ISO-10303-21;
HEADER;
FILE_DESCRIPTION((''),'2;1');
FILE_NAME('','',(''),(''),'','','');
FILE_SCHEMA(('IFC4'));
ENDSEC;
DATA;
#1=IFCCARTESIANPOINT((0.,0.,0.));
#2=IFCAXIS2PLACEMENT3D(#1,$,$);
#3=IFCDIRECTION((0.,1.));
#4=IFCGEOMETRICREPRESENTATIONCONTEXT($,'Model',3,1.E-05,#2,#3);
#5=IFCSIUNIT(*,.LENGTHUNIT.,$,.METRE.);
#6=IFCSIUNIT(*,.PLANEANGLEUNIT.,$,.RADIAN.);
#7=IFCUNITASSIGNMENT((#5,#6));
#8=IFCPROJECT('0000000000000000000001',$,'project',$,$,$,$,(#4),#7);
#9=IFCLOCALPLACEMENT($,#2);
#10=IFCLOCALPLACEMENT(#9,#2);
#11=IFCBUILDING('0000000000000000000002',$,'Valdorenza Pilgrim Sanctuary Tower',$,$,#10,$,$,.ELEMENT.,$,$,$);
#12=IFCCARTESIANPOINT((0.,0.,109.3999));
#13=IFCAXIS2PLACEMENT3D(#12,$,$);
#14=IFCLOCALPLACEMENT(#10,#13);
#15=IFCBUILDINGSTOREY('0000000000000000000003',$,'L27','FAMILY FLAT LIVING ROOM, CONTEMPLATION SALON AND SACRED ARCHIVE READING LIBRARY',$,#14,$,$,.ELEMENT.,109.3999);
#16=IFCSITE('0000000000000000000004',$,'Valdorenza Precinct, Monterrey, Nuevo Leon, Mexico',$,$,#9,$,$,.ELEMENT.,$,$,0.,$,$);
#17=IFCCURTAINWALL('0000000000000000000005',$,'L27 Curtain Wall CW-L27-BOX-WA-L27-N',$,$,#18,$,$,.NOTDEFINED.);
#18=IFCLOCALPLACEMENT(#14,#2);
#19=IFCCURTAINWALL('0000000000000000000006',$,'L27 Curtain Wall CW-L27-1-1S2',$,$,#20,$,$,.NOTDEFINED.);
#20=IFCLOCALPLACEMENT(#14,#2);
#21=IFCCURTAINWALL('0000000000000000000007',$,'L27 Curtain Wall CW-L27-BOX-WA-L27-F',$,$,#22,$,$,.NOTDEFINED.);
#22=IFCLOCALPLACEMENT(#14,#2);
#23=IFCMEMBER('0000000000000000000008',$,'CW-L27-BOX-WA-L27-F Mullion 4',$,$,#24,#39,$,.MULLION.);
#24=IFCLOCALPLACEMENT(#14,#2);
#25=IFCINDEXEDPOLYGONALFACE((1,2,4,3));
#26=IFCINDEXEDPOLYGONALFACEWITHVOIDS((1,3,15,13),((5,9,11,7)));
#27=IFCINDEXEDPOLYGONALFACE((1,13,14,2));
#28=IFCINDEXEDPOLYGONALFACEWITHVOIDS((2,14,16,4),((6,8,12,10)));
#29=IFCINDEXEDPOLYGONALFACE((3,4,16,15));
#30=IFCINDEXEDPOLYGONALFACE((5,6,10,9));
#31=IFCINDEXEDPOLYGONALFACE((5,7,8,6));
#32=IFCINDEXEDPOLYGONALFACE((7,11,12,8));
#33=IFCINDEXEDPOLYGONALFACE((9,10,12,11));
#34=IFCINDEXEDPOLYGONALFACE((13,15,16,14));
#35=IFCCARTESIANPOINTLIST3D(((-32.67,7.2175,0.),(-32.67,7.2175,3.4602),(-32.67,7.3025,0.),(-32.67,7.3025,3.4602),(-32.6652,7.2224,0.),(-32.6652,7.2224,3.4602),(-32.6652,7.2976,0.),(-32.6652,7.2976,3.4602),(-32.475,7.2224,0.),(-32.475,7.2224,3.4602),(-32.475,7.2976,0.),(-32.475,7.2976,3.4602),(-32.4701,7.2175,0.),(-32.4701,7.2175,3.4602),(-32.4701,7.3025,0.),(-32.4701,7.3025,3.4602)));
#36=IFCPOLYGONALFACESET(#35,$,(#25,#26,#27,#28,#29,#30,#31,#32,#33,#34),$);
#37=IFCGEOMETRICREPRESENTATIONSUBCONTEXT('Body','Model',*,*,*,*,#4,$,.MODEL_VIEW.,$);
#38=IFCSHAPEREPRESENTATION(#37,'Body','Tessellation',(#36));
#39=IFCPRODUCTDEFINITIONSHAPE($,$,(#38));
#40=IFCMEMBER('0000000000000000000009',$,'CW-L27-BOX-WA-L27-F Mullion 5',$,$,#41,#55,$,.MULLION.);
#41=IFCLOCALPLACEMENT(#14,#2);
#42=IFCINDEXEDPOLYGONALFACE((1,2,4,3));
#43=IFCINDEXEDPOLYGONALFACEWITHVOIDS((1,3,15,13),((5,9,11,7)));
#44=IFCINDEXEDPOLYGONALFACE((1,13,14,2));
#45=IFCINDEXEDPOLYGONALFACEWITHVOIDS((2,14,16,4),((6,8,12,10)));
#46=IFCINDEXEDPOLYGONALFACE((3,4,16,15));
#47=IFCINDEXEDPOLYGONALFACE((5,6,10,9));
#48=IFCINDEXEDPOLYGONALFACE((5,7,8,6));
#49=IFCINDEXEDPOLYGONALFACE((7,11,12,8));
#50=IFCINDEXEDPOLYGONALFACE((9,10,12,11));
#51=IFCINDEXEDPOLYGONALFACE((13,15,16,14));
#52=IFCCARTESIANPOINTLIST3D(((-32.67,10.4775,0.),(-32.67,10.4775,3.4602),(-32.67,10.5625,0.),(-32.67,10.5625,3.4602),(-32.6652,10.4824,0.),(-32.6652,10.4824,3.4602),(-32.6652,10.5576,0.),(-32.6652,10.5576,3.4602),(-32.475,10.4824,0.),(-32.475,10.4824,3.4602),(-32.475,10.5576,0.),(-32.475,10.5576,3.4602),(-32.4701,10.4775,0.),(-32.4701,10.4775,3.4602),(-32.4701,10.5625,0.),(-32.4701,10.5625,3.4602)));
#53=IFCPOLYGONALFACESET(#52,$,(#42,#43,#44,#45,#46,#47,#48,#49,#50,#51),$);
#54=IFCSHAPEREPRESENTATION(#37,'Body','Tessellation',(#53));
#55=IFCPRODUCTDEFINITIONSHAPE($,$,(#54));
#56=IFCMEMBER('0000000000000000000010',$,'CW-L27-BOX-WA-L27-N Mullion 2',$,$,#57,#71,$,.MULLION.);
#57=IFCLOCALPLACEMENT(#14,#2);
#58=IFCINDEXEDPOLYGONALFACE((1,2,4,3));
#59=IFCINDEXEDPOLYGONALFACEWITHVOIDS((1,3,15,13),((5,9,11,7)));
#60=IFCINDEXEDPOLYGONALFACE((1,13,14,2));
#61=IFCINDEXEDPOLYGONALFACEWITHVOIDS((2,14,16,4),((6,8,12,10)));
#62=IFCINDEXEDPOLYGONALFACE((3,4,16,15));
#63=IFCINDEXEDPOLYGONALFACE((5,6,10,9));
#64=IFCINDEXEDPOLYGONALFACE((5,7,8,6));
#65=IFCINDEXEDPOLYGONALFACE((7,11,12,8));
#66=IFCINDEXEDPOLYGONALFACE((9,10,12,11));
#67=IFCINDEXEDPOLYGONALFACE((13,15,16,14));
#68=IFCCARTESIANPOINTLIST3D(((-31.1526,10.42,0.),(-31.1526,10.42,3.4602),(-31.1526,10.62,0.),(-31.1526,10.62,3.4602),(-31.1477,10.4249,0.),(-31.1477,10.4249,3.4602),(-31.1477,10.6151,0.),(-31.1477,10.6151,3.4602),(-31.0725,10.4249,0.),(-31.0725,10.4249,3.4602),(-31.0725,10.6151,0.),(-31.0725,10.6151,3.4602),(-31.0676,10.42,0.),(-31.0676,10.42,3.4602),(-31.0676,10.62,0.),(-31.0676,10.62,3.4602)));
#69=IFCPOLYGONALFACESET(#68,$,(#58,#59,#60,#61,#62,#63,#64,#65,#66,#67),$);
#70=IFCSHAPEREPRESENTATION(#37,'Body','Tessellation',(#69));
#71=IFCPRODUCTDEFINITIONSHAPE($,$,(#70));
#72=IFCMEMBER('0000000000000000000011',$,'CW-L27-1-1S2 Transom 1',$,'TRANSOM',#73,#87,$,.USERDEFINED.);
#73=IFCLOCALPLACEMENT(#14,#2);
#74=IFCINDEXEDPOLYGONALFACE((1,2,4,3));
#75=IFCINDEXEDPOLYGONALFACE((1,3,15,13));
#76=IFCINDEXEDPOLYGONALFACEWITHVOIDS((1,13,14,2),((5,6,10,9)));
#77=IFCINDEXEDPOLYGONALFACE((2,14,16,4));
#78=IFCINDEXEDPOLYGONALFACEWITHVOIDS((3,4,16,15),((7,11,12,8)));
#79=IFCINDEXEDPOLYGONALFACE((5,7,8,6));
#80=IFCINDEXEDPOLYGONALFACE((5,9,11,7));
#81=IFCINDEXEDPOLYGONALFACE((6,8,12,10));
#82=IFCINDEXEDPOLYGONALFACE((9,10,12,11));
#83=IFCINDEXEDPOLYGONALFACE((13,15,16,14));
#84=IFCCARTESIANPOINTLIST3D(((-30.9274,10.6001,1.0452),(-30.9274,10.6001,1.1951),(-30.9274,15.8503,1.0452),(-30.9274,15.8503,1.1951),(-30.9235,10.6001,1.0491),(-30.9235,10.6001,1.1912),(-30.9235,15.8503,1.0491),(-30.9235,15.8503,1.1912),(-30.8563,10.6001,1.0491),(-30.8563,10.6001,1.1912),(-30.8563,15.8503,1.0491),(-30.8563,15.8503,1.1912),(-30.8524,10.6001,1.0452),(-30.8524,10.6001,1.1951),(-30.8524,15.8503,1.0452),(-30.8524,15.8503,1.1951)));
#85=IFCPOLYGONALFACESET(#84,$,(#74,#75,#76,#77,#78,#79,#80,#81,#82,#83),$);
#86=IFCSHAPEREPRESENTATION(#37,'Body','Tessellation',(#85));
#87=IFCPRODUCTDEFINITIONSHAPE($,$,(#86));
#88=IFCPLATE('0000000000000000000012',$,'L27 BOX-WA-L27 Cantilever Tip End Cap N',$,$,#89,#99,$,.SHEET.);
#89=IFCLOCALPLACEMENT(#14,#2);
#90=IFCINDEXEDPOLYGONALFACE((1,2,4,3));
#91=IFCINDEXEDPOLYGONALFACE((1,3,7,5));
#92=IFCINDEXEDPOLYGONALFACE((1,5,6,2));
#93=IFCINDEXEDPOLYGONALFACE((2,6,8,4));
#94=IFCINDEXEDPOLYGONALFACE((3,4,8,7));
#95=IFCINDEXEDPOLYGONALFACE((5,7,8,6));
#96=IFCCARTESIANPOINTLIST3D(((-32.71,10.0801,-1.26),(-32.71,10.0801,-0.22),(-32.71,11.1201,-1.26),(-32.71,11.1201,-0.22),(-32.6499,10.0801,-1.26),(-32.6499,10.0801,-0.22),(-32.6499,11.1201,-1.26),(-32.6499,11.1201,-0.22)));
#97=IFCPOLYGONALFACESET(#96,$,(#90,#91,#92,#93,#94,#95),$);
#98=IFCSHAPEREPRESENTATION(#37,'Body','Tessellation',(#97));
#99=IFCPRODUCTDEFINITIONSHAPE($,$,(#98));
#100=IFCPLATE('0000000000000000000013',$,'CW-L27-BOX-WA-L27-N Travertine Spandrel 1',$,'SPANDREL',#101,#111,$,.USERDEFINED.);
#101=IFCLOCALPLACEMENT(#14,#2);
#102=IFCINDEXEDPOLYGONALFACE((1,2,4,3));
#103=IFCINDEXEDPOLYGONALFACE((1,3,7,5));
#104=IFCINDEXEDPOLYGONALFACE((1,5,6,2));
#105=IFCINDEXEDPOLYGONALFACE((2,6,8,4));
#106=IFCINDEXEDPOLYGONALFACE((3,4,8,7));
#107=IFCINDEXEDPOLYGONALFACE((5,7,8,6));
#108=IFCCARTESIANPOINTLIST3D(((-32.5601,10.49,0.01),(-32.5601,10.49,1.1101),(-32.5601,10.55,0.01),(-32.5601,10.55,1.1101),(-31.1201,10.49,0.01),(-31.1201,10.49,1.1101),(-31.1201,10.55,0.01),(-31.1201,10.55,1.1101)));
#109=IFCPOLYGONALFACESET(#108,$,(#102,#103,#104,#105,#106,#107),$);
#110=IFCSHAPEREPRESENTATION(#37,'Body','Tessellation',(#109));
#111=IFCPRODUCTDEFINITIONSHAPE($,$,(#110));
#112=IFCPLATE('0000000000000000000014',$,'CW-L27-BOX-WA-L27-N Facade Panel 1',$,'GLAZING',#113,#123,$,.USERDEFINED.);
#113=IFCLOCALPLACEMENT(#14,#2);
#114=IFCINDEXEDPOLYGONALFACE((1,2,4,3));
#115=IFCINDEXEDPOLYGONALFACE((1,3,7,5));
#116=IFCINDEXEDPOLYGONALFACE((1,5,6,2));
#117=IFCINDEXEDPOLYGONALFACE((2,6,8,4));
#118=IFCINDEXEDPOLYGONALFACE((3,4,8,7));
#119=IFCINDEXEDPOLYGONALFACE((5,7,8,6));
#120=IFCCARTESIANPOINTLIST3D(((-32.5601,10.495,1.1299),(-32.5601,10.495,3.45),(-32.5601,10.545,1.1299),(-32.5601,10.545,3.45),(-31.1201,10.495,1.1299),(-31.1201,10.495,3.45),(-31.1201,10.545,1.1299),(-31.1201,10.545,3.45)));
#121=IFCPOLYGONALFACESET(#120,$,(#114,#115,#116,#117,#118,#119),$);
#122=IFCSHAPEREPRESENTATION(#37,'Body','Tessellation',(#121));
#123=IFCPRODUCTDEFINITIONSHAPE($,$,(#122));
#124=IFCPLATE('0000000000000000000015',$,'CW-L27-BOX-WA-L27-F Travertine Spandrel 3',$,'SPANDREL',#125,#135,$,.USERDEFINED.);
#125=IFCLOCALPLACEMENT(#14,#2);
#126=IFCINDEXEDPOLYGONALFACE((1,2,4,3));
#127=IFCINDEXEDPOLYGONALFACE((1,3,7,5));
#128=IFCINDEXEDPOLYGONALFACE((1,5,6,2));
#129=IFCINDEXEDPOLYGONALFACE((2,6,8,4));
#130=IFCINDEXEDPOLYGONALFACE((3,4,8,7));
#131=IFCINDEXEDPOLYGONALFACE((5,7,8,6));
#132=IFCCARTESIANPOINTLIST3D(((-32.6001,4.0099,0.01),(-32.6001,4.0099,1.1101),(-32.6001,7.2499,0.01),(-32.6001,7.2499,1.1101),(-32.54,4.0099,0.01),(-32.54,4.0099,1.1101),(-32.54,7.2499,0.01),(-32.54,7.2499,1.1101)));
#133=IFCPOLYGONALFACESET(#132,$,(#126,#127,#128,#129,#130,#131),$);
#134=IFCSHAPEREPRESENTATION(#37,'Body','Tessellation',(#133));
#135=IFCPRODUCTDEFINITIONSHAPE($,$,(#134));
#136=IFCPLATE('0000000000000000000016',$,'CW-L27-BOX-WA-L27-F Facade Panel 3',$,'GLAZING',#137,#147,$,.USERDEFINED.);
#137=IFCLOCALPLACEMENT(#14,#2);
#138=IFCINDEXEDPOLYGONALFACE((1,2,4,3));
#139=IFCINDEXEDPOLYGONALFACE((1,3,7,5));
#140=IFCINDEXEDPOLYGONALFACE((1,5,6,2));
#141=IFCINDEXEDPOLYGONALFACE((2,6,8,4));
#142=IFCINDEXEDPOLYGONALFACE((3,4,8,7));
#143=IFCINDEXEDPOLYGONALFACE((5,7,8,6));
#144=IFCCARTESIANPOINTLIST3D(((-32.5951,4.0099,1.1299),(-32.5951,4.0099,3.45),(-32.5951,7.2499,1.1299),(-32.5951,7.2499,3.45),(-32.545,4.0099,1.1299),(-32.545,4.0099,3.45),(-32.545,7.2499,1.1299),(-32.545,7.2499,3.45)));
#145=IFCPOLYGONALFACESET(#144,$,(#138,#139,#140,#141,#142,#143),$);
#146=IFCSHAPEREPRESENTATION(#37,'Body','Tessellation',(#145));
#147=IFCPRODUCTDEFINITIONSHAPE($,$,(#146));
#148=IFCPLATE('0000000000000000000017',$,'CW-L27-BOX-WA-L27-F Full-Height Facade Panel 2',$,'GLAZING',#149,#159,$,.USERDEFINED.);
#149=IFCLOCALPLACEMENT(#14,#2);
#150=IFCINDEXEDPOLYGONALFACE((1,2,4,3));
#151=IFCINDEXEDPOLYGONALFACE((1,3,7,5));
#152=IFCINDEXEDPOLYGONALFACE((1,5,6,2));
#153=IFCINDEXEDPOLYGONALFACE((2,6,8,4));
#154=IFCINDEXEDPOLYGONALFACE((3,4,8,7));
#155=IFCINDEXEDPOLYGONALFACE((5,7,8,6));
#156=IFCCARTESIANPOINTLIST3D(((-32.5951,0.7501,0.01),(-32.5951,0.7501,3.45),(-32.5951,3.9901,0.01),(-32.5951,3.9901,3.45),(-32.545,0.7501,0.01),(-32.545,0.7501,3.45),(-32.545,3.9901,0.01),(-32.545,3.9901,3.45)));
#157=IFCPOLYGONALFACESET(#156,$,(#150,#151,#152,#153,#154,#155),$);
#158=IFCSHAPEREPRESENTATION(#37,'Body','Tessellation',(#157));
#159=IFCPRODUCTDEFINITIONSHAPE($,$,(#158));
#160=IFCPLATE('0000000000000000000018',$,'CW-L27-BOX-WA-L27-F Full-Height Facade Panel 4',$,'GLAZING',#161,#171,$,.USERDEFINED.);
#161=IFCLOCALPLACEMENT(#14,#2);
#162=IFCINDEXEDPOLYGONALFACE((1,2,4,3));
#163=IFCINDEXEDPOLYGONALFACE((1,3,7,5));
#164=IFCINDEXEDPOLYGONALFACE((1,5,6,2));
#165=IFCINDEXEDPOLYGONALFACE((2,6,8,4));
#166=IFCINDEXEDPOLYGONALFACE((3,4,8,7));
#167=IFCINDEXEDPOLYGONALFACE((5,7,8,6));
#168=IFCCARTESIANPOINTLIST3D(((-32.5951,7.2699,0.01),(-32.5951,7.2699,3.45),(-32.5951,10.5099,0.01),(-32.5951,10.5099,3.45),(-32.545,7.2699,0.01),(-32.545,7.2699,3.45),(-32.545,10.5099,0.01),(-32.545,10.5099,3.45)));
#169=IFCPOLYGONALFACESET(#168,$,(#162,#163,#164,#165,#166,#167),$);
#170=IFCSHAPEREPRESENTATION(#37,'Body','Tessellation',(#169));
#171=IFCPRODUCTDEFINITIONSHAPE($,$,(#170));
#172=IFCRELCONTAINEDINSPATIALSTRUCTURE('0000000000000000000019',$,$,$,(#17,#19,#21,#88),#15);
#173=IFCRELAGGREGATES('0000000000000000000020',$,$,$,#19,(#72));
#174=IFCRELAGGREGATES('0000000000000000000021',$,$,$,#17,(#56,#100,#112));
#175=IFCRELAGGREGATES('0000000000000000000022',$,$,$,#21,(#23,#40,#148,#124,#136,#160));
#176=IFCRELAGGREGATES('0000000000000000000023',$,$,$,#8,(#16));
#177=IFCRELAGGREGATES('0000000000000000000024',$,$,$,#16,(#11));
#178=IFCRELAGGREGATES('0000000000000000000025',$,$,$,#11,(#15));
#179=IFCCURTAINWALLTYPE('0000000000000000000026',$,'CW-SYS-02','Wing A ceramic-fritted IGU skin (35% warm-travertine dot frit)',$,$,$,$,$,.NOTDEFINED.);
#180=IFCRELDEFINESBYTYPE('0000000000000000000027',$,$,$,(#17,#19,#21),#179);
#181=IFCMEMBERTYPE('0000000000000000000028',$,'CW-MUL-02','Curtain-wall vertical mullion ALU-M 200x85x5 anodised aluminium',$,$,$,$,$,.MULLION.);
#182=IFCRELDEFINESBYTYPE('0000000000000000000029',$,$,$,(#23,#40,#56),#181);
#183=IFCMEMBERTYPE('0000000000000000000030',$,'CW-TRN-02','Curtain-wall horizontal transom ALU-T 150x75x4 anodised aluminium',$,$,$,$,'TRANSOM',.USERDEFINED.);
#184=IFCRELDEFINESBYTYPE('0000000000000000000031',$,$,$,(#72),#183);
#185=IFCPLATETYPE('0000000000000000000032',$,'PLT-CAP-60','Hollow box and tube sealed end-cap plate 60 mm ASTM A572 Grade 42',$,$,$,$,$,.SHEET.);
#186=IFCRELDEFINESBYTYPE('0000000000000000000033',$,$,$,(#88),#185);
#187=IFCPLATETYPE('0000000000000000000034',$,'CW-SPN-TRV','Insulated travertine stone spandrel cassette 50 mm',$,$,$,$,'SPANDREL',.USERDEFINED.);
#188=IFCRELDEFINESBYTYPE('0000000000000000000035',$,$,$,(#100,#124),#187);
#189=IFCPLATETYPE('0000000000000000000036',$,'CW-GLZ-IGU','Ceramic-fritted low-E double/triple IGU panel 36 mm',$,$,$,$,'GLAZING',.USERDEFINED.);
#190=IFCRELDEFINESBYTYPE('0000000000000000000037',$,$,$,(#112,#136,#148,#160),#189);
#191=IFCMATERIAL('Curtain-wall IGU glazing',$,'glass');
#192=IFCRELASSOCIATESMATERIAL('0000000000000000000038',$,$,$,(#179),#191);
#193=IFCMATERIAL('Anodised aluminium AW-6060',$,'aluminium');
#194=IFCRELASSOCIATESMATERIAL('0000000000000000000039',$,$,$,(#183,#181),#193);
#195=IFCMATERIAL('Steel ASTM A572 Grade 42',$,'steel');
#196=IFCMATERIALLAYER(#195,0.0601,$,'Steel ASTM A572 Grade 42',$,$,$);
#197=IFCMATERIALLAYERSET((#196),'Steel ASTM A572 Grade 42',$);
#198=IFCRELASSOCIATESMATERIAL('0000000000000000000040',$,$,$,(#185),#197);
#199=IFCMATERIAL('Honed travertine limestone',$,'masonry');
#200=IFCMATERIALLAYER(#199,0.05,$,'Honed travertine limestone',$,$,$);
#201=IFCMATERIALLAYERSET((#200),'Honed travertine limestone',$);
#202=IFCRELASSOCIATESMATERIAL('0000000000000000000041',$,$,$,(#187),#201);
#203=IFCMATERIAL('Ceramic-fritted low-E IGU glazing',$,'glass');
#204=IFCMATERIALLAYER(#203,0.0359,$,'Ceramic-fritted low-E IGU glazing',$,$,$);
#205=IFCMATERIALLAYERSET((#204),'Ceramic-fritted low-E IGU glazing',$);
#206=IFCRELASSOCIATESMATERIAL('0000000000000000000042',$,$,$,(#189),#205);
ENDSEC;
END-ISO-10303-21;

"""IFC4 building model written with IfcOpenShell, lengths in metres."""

from ifc_helpers import new_model, si_unit, direction, frame, origin, origin_2d, place, context, subcontext, project, spatial, rectangle, hollow_rectangle, extrude, source, transform, mapped, material, layer, layer_set, material_profile, profile_set, type_object, element, aggregate, save


model = new_model("IFC4")

# Units and contexts
model_context = context("Model", 3, precision=1e-05, world=origin(), true_north=direction((0.0, 1.0)))
body_context = subcontext(model_context, "Body", "Model", "MODEL_VIEW")
ifc_project = project(units=[si_unit("LENGTHUNIT", "METRE"), si_unit("PLANEANGLEUNIT", "RADIAN")], contexts=[model_context])

# Site, building, storey
site_placement = place(None, origin())
site = spatial("IfcSite", under=ifc_project, at=site_placement, Name="Valdorenza Precinct, Monterrey, Nuevo Leon, Mexico", CompositionType="ELEMENT", RefElevation=0.0)
building_placement = place(site_placement, origin())
building = spatial("IfcBuilding", under=site, at=building_placement, Name="Valdorenza Pilgrim Sanctuary Tower", CompositionType="ELEMENT")
storey_placement = place(building_placement, frame((0.0, 0.0, 109.3999)))
storey = spatial("IfcBuildingStorey", under=building, at=storey_placement, Name="L27", Description="FAMILY FLAT LIVING ROOM, CONTEMPLATION SALON AND SACRED ARCHIVE READING LIBRARY", CompositionType="ELEMENT", Elevation=109.3999)

# Shared definitions
ifc_material_1 = material(Name="Steel ASTM A572 Grade 42", Category="steel")

# Curtain walls
ifc_material_2 = material(Name="Curtain-wall IGU glazing", Category="glass")
curtain_wall_type = type_object("IfcCurtainWallType", Name="CW-SYS-02", Description="Wing A ceramic-fritted IGU skin (35% warm-travertine dot frit)", PredefinedType="NOTDEFINED", material=ifc_material_2)
curtain_wall_1_placement = place(storey_placement, origin())
curtain_wall_1 = element("IfcCurtainWall", 1, at=curtain_wall_1_placement, inside=storey, type_object=curtain_wall_type, Name="L27 Curtain Wall CW-L27-BOX-WA-L27-N", PredefinedType="NOTDEFINED")
ifc_material_3 = material(Name="Anodised aluminium AW-6060", Category="aluminium")
ifc_material_profile_1 = material_profile(ifc_material_3, hollow_rectangle(XDim=0.075, YDim=0.1499, WallThickness=0.0039, at=origin_2d()), Name="ALU-T 150x75x4")
ifc_profile_set_1 = profile_set([ifc_material_profile_1], Name="Anodised aluminium AW-6060")
member_type_1 = type_object("IfcMemberType", Name="CW-TRN-02", Description="Curtain-wall horizontal transom ALU-T 150x75x4 anodised aluminium", ElementType="TRANSOM", PredefinedType="USERDEFINED", material=ifc_profile_set_1)
curtain_wall_2_placement = place(storey_placement, origin())
curtain_wall_2 = element("IfcCurtainWall", 2, at=curtain_wall_2_placement, inside=storey, type_object=curtain_wall_type, Name="L27 Curtain Wall CW-L27-1-1S2", PredefinedType="NOTDEFINED")
ifc_material_profile_2 = material_profile(ifc_material_3, hollow_rectangle(XDim=0.085, YDim=0.2, WallThickness=0.0049, at=origin_2d()), Name="ALU-M 200x85x5")
ifc_profile_set_2 = profile_set([ifc_material_profile_2], Name="Anodised aluminium AW-6060")
member_type_2 = type_object("IfcMemberType", Name="CW-MUL-02", Description="Curtain-wall vertical mullion ALU-M 200x85x5 anodised aluminium", PredefinedType="MULLION", material=ifc_profile_set_2)
shared_shape_1 = source(origin(), body_context, "Body", "SweptSolid", [
    extrude(hollow_rectangle(XDim=0.085, YDim=0.2, WallThickness=0.0049, at=origin_2d()), origin(), (0.0, 0.0, 1.0), 3.4602),
])

# Curtain wall, members
curtain_wall_3_placement = place(storey_placement, origin())
curtain_wall_3 = element("IfcCurtainWall", 3, at=curtain_wall_3_placement, inside=storey, type_object=curtain_wall_type, Name="L27 Curtain Wall CW-L27-BOX-WA-L27-F", PredefinedType="NOTDEFINED")
member_1_placement = place(storey_placement, frame((-32.5701, 7.26, 0.0), z_axis=(0.0, 0.0, 1.0), x_axis=(0.0, 1.0, 0.0)))
member_1 = element("IfcMember", 4, at=member_1_placement, type_object=member_type_2, Name="CW-L27-BOX-WA-L27-F Mullion 4", PredefinedType="MULLION", context=body_context, shape_type="MappedRepresentation", body=[
    mapped(shared_shape_1, transform((0.0, 0.0, 0.0), x_axis=(1.0, 0.0, 0.0), y_axis=(0.0, 1.0, 0.0), z_axis=(0.0, 0.0, 1.0), scale=1.0)),
])
member_2_placement = place(storey_placement, frame((-32.5701, 10.52, 0.0), z_axis=(0.0, 0.0, 1.0), x_axis=(0.0, 1.0, 0.0)))
member_2 = element("IfcMember", 5, at=member_2_placement, type_object=member_type_2, Name="CW-L27-BOX-WA-L27-F Mullion 5", PredefinedType="MULLION", context=body_context, shape_type="MappedRepresentation", body=[
    mapped(shared_shape_1, transform((0.0, 0.0, 0.0), x_axis=(1.0, 0.0, 0.0), y_axis=(0.0, 1.0, 0.0), z_axis=(0.0, 0.0, 1.0), scale=1.0)),
])

# Members
member_3_placement = place(storey_placement, frame((-31.1101, 10.52, 0.0), z_axis=(0.0, 0.0, 1.0), x_axis=(1.0, 0.0, 0.0)))
member_3 = element("IfcMember", 6, at=member_3_placement, type_object=member_type_2, Name="CW-L27-BOX-WA-L27-N Mullion 2", PredefinedType="MULLION", context=body_context, shape_type="MappedRepresentation", body=[
    mapped(shared_shape_1, transform((0.0, 0.0, 0.0), x_axis=(1.0, 0.0, 0.0), y_axis=(0.0, 1.0, 0.0), z_axis=(0.0, 0.0, 1.0), scale=1.0)),
])
shared_shape_2 = source(origin(), body_context, "Body", "SweptSolid", [
    extrude(hollow_rectangle(XDim=0.075, YDim=0.1499, WallThickness=0.0039, at=origin_2d()), origin(), (0.0, 0.0, 1.0), 5.2502),
])
member_4_placement = place(storey_placement, frame((-30.8899, 10.6001, 1.1201), z_axis=(0.0, 1.0, 0.0), x_axis=(-1.0, 0.0, 0.0)))
member_4 = element("IfcMember", 7, at=member_4_placement, type_object=member_type_1, Name="CW-L27-1-1S2 Transom 1", ObjectType="TRANSOM", PredefinedType="USERDEFINED", context=body_context, shape_type="MappedRepresentation", body=[
    mapped(shared_shape_2, transform((0.0, 0.0, 0.0), x_axis=(1.0, 0.0, 0.0), y_axis=(0.0, 1.0, 0.0), z_axis=(0.0, 0.0, 1.0), scale=1.0)),
])
aggregate(curtain_wall_2, [member_4])

# Plates
ifc_layer_1 = layer(ifc_material_1, 0.0601, Name="Steel ASTM A572 Grade 42")
ifc_layer_set_1 = layer_set([ifc_layer_1], Name="Steel ASTM A572 Grade 42")
plate_type_1 = type_object("IfcPlateType", Name="PLT-CAP-60", Description="Hollow box and tube sealed end-cap plate 60 mm ASTM A572 Grade 42", PredefinedType="SHEET", material=ifc_layer_set_1)
shared_shape_3 = source(origin(), body_context, "Body", "SweptSolid", [
    extrude(rectangle(XDim=0.0601, YDim=1.04, at=origin_2d()), origin(), (0.0, 0.0, 1.0), 1.04),
])
plate_1_placement = place(storey_placement, frame((-32.6799, 10.6001, -1.26), z_axis=(0.0, 0.0, 1.0), x_axis=(1.0, 0.0, 0.0)))
element("IfcPlate", 8, at=plate_1_placement, inside=storey, type_object=plate_type_1, Name="L27 BOX-WA-L27 Cantilever Tip End Cap N", PredefinedType="SHEET", context=body_context, shape_type="MappedRepresentation", body=[
    mapped(shared_shape_3, transform((0.0, 0.0, 0.0), x_axis=(1.0, 0.0, 0.0), y_axis=(0.0, 1.0, 0.0), z_axis=(0.0, 0.0, 1.0), scale=1.0)),
])
ifc_material_4 = material(Name="Honed travertine limestone", Category="masonry")
ifc_layer_2 = layer(ifc_material_4, 0.05, Name="Honed travertine limestone")
ifc_layer_set_2 = layer_set([ifc_layer_2], Name="Honed travertine limestone")
plate_type_2 = type_object("IfcPlateType", Name="CW-SPN-TRV", Description="Insulated travertine stone spandrel cassette 50 mm", ElementType="SPANDREL", PredefinedType="USERDEFINED", material=ifc_layer_set_2)
shared_shape_4 = source(origin(), body_context, "Body", "SweptSolid", [
    extrude(rectangle(XDim=1.4399, YDim=0.0601, at=origin_2d()), origin(), (0.0, 0.0, 1.0), 1.1001),
])
plate_2_placement = place(storey_placement, frame((-31.8401, 10.52, 0.01), z_axis=(0.0, 0.0, 1.0), x_axis=(1.0, 0.0, 0.0)))
plate_2 = element("IfcPlate", 9, at=plate_2_placement, type_object=plate_type_2, Name="CW-L27-BOX-WA-L27-N Travertine Spandrel 1", ObjectType="SPANDREL", PredefinedType="USERDEFINED", context=body_context, shape_type="MappedRepresentation", body=[
    mapped(shared_shape_4, transform((0.0, 0.0, 0.0), x_axis=(1.0, 0.0, 0.0), y_axis=(0.0, 1.0, 0.0), z_axis=(0.0, 0.0, 1.0), scale=1.0)),
])
ifc_material_5 = material(Name="Ceramic-fritted low-E IGU glazing", Category="glass")
ifc_layer_3 = layer(ifc_material_5, 0.0359, Name="Ceramic-fritted low-E IGU glazing")
ifc_layer_set_3 = layer_set([ifc_layer_3], Name="Ceramic-fritted low-E IGU glazing")
plate_type_3 = type_object("IfcPlateType", Name="CW-GLZ-IGU", Description="Ceramic-fritted low-E double/triple IGU panel 36 mm", ElementType="GLAZING", PredefinedType="USERDEFINED", material=ifc_layer_set_3)
shared_shape_5 = source(origin(), body_context, "Body", "SweptSolid", [
    extrude(rectangle(XDim=1.4399, YDim=0.05, at=origin_2d()), origin(), (0.0, 0.0, 1.0), 2.3201),
])
plate_3_placement = place(storey_placement, frame((-31.8401, 10.52, 1.1299), z_axis=(0.0, 0.0, 1.0), x_axis=(1.0, 0.0, 0.0)))
plate_3 = element("IfcPlate", 10, at=plate_3_placement, type_object=plate_type_3, Name="CW-L27-BOX-WA-L27-N Facade Panel 1", ObjectType="GLAZING", PredefinedType="USERDEFINED", context=body_context, shape_type="MappedRepresentation", body=[
    mapped(shared_shape_5, transform((0.0, 0.0, 0.0), x_axis=(1.0, 0.0, 0.0), y_axis=(0.0, 1.0, 0.0), z_axis=(0.0, 0.0, 1.0), scale=1.0)),
])
aggregate(curtain_wall_1, [member_3, plate_2, plate_3])
shared_shape_6 = source(origin(), body_context, "Body", "SweptSolid", [
    extrude(rectangle(XDim=3.24, YDim=0.0601, at=origin_2d()), origin(), (0.0, 0.0, 1.0), 1.1001),
])
plate_4_placement = place(storey_placement, frame((-32.5701, 5.6299, 0.01), z_axis=(0.0, 0.0, 1.0), x_axis=(0.0, 1.0, 0.0)))
plate_4 = element("IfcPlate", 11, at=plate_4_placement, type_object=plate_type_2, Name="CW-L27-BOX-WA-L27-F Travertine Spandrel 3", ObjectType="SPANDREL", PredefinedType="USERDEFINED", context=body_context, shape_type="MappedRepresentation", body=[
    mapped(shared_shape_6, transform((0.0, 0.0, 0.0), x_axis=(1.0, 0.0, 0.0), y_axis=(0.0, 1.0, 0.0), z_axis=(0.0, 0.0, 1.0), scale=1.0)),
])
shared_shape_7 = source(origin(), body_context, "Body", "SweptSolid", [
    extrude(rectangle(XDim=3.24, YDim=0.05, at=origin_2d()), origin(), (0.0, 0.0, 1.0), 2.3201),
])
plate_5_placement = place(storey_placement, frame((-32.5701, 5.6299, 1.1299), z_axis=(0.0, 0.0, 1.0), x_axis=(0.0, 1.0, 0.0)))
plate_5 = element("IfcPlate", 12, at=plate_5_placement, type_object=plate_type_3, Name="CW-L27-BOX-WA-L27-F Facade Panel 3", ObjectType="GLAZING", PredefinedType="USERDEFINED", context=body_context, shape_type="MappedRepresentation", body=[
    mapped(shared_shape_7, transform((0.0, 0.0, 0.0), x_axis=(1.0, 0.0, 0.0), y_axis=(0.0, 1.0, 0.0), z_axis=(0.0, 0.0, 1.0), scale=1.0)),
])
shared_shape_8 = source(origin(), body_context, "Body", "SweptSolid", [
    extrude(rectangle(XDim=3.24, YDim=0.05, at=origin_2d()), origin(), (0.0, 0.0, 1.0), 3.4399),
])
plate_6_placement = place(storey_placement, frame((-32.5701, 2.3701, 0.01), z_axis=(0.0, 0.0, 1.0), x_axis=(0.0, 1.0, 0.0)))
plate_6 = element("IfcPlate", 13, at=plate_6_placement, type_object=plate_type_3, Name="CW-L27-BOX-WA-L27-F Full-Height Facade Panel 2", ObjectType="GLAZING", PredefinedType="USERDEFINED", context=body_context, shape_type="MappedRepresentation", body=[
    mapped(shared_shape_8, transform((0.0, 0.0, 0.0), x_axis=(1.0, 0.0, 0.0), y_axis=(0.0, 1.0, 0.0), z_axis=(0.0, 0.0, 1.0), scale=1.0)),
])
plate_7_placement = place(storey_placement, frame((-32.5701, 8.8899, 0.01), z_axis=(0.0, 0.0, 1.0), x_axis=(0.0, 1.0, 0.0)))
plate_7 = element("IfcPlate", 14, at=plate_7_placement, type_object=plate_type_3, Name="CW-L27-BOX-WA-L27-F Full-Height Facade Panel 4", ObjectType="GLAZING", PredefinedType="USERDEFINED", context=body_context, shape_type="MappedRepresentation", body=[
    mapped(shared_shape_8, transform((0.0, 0.0, 0.0), x_axis=(1.0, 0.0, 0.0), y_axis=(0.0, 1.0, 0.0), z_axis=(0.0, 0.0, 1.0), scale=1.0)),
])
aggregate(curtain_wall_3, [member_1, member_2, plate_6, plate_4, plate_5, plate_7])

save(model, "model.ifc")
